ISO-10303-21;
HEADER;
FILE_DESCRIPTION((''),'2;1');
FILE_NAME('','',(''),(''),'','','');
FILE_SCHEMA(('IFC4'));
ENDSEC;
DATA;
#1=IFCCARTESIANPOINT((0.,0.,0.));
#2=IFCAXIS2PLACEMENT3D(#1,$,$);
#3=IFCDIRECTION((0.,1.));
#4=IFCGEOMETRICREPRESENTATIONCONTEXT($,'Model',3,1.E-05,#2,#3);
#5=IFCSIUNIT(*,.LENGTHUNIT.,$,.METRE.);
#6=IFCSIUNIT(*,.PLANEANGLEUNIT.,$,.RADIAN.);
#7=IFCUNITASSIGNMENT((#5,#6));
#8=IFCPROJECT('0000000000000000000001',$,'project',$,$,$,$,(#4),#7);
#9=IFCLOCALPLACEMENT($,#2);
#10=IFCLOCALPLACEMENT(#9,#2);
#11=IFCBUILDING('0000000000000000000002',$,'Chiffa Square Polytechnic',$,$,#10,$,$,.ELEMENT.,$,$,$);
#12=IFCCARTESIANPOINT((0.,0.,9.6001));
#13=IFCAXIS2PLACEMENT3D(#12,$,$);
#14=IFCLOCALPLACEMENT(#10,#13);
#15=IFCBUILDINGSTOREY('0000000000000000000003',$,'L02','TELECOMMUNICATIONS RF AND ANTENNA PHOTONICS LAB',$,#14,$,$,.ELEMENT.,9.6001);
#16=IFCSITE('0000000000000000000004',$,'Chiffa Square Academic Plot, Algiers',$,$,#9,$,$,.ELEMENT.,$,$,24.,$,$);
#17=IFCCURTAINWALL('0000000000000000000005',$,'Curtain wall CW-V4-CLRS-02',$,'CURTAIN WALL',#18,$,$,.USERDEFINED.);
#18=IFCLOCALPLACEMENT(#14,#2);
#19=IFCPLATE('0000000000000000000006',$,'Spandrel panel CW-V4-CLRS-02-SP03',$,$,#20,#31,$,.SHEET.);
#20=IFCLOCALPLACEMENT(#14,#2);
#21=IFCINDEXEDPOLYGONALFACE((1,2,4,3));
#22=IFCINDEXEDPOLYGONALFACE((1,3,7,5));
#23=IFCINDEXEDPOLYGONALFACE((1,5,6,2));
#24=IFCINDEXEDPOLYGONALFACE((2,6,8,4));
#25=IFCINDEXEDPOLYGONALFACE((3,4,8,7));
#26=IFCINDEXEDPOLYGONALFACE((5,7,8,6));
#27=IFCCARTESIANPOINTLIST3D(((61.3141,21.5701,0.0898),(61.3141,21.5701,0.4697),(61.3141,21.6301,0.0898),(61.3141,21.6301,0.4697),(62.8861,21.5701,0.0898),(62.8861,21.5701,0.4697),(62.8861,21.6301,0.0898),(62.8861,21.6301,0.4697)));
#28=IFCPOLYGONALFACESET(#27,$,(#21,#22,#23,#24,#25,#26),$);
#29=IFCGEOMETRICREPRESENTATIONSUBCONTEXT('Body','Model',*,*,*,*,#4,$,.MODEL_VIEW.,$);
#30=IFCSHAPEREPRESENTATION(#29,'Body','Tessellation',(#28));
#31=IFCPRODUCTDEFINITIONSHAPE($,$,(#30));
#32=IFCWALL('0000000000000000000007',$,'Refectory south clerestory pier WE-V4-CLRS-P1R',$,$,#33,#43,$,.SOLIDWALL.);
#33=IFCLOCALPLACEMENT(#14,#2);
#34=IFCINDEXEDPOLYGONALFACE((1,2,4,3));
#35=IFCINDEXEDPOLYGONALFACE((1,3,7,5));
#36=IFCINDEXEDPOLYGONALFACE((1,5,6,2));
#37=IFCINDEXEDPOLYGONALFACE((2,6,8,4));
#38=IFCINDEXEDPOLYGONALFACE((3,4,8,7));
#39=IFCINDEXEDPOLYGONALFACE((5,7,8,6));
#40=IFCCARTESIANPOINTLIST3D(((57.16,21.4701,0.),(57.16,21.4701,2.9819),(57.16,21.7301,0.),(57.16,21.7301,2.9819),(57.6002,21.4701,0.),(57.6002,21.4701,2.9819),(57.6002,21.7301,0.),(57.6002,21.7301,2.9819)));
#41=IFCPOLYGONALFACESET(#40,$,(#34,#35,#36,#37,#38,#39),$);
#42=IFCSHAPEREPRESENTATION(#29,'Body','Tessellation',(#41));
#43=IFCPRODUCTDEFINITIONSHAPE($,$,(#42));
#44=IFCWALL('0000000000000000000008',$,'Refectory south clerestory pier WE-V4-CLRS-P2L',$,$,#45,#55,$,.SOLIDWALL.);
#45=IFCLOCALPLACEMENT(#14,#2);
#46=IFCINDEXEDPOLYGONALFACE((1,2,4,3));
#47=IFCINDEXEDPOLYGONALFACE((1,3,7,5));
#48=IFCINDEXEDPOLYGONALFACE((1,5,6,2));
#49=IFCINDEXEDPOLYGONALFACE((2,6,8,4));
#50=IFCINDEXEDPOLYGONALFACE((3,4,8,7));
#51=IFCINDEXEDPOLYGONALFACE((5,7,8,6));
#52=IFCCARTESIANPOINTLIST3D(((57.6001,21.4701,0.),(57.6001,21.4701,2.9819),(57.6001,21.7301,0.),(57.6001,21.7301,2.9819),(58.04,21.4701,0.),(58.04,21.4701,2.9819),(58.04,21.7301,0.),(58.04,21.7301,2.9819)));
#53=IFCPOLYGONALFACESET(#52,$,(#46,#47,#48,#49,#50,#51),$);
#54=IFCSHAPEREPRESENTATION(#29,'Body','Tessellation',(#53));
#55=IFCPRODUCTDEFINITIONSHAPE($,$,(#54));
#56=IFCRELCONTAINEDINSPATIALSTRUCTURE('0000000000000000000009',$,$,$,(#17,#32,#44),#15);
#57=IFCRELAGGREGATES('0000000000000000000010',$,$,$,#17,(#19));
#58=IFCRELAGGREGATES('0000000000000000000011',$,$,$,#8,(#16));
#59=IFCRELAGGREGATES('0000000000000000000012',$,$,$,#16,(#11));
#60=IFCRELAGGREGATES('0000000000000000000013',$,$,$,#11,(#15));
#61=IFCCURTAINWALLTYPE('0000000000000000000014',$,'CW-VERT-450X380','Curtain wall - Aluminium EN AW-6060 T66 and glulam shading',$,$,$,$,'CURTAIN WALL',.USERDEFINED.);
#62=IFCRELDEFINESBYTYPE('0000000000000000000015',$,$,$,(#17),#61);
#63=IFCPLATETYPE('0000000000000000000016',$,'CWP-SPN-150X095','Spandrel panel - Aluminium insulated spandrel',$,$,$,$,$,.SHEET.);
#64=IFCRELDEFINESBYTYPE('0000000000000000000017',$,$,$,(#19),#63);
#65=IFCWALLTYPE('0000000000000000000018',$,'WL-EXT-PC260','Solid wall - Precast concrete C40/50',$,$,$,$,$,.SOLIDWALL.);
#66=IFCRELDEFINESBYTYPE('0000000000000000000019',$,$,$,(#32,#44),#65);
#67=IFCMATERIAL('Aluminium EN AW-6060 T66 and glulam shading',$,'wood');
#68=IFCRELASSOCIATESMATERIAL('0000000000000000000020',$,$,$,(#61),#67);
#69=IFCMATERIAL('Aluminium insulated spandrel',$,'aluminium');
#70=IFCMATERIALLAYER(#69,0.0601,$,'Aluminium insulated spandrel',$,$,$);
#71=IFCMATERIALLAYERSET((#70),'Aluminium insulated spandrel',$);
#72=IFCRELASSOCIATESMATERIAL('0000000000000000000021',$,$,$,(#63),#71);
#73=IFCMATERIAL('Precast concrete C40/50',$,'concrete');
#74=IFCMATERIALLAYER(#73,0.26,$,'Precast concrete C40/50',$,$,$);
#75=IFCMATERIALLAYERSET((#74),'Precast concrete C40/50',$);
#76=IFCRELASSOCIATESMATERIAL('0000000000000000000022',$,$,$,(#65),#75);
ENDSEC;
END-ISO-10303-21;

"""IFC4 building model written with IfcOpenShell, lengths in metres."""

from ifc_helpers import new_model, si_unit, direction, frame, frame_2d, origin, origin_2d, place, context, subcontext, project, spatial, rectangle, extrude, material, layer, layer_set, type_object, element, aggregate, save


model = new_model("IFC4")

# Units and contexts
model_context = context("Model", 3, precision=1e-05, world=origin(), true_north=direction((0.0, 1.0)))
body_context = subcontext(model_context, "Body", "Model", "MODEL_VIEW")
ifc_project = project(units=[si_unit("LENGTHUNIT", "METRE"), si_unit("PLANEANGLEUNIT", "RADIAN")], contexts=[model_context])

# Site, building, storey
site_placement = place(None, origin())
site = spatial("IfcSite", under=ifc_project, at=site_placement, Name="Chiffa Square Academic Plot, Algiers", CompositionType="ELEMENT", RefElevation=24.0)
building_placement = place(site_placement, origin())
building = spatial("IfcBuilding", under=site, at=building_placement, Name="Chiffa Square Polytechnic", CompositionType="ELEMENT")
storey_placement = place(building_placement, frame((0.0, 0.0, 9.6001)))
storey = spatial("IfcBuildingStorey", under=building, at=storey_placement, Name="L02", Description="TELECOMMUNICATIONS RF AND ANTENNA PHOTONICS LAB", CompositionType="ELEMENT", Elevation=9.6001)

# Curtain wall
ifc_material_1 = material(Name="Aluminium EN AW-6060 T66 and glulam shading", Category="wood")
curtain_wall_type_1 = type_object("IfcCurtainWallType", Name="CW-VERT-450X380", Description="Curtain wall - Aluminium EN AW-6060 T66 and glulam shading", ElementType="CURTAIN WALL", PredefinedType="USERDEFINED", material=ifc_material_1)
curtain_wall_1_placement = place(storey_placement, origin())
curtain_wall_1 = element("IfcCurtainWall", 1, at=curtain_wall_1_placement, inside=storey, type_object=curtain_wall_type_1, Name="Curtain wall CW-V4-CLRS-02", ObjectType="CURTAIN WALL", PredefinedType="USERDEFINED")

# Plate
ifc_material_2 = material(Name="Aluminium insulated spandrel", Category="aluminium")
ifc_layer_1 = layer(ifc_material_2, 0.0601, Name="Aluminium insulated spandrel")
ifc_layer_set_1 = layer_set([ifc_layer_1], Name="Aluminium insulated spandrel")
plate_type_1 = type_object("IfcPlateType", Name="CWP-SPN-150X095", Description="Spandrel panel - Aluminium insulated spandrel", PredefinedType="SHEET", material=ifc_layer_set_1)
plate_1_placement = place(storey_placement, frame((62.1001, 21.6001, 0.0898), z_axis=(0.0, 0.0, 1.0), x_axis=(1.0, 0.0, 0.0)))
plate_1 = element("IfcPlate", 2, at=plate_1_placement, type_object=plate_type_1, Name="Spandrel panel CW-V4-CLRS-02-SP03", PredefinedType="SHEET", context=body_context, shape_type="SweptSolid", body=[
    extrude(rectangle(XDim=1.572, YDim=0.0601, at=origin_2d()), origin(), (0.0, 0.0, 1.0), 0.3799),
])
aggregate(curtain_wall_1, [plate_1])

# Walls
ifc_material_3 = material(Name="Precast concrete C40/50", Category="concrete")
ifc_layer_2 = layer(ifc_material_3, 0.26, Name="Precast concrete C40/50")
ifc_layer_set_2 = layer_set([ifc_layer_2], Name="Precast concrete C40/50")
wall_type = type_object("IfcWallType", Name="WL-EXT-PC260", Description="Solid wall - Precast concrete C40/50", PredefinedType="SOLIDWALL", material=ifc_layer_set_2)
wall_1_placement = place(storey_placement, frame((57.1599, 21.6001, 0.0), z_axis=(0.0, 0.0, 1.0), x_axis=(1.0, 0.0, 0.0)))
element("IfcWall", 3, at=wall_1_placement, inside=storey, type_object=wall_type, Name="Refectory south clerestory pier WE-V4-CLRS-P1R", PredefinedType="SOLIDWALL", context=body_context, shape_type="SweptSolid", body=[
    extrude(rectangle(XDim=0.4402, YDim=0.26, at=frame_2d((0.2202, 0.0))), origin(), (0.0, 0.0, 1.0), 2.9819),
])
wall_2_placement = place(storey_placement, frame((57.6001, 21.6001, 0.0), z_axis=(0.0, 0.0, 1.0), x_axis=(1.0, 0.0, 0.0)))
element("IfcWall", 4, at=wall_2_placement, inside=storey, type_object=wall_type, Name="Refectory south clerestory pier WE-V4-CLRS-P2L", PredefinedType="SOLIDWALL", context=body_context, shape_type="SweptSolid", body=[
    extrude(rectangle(XDim=0.4399, YDim=0.26, at=frame_2d((0.22, 0.0))), origin(), (0.0, 0.0, 1.0), 2.9819),
])

save(model, "model.ifc")
